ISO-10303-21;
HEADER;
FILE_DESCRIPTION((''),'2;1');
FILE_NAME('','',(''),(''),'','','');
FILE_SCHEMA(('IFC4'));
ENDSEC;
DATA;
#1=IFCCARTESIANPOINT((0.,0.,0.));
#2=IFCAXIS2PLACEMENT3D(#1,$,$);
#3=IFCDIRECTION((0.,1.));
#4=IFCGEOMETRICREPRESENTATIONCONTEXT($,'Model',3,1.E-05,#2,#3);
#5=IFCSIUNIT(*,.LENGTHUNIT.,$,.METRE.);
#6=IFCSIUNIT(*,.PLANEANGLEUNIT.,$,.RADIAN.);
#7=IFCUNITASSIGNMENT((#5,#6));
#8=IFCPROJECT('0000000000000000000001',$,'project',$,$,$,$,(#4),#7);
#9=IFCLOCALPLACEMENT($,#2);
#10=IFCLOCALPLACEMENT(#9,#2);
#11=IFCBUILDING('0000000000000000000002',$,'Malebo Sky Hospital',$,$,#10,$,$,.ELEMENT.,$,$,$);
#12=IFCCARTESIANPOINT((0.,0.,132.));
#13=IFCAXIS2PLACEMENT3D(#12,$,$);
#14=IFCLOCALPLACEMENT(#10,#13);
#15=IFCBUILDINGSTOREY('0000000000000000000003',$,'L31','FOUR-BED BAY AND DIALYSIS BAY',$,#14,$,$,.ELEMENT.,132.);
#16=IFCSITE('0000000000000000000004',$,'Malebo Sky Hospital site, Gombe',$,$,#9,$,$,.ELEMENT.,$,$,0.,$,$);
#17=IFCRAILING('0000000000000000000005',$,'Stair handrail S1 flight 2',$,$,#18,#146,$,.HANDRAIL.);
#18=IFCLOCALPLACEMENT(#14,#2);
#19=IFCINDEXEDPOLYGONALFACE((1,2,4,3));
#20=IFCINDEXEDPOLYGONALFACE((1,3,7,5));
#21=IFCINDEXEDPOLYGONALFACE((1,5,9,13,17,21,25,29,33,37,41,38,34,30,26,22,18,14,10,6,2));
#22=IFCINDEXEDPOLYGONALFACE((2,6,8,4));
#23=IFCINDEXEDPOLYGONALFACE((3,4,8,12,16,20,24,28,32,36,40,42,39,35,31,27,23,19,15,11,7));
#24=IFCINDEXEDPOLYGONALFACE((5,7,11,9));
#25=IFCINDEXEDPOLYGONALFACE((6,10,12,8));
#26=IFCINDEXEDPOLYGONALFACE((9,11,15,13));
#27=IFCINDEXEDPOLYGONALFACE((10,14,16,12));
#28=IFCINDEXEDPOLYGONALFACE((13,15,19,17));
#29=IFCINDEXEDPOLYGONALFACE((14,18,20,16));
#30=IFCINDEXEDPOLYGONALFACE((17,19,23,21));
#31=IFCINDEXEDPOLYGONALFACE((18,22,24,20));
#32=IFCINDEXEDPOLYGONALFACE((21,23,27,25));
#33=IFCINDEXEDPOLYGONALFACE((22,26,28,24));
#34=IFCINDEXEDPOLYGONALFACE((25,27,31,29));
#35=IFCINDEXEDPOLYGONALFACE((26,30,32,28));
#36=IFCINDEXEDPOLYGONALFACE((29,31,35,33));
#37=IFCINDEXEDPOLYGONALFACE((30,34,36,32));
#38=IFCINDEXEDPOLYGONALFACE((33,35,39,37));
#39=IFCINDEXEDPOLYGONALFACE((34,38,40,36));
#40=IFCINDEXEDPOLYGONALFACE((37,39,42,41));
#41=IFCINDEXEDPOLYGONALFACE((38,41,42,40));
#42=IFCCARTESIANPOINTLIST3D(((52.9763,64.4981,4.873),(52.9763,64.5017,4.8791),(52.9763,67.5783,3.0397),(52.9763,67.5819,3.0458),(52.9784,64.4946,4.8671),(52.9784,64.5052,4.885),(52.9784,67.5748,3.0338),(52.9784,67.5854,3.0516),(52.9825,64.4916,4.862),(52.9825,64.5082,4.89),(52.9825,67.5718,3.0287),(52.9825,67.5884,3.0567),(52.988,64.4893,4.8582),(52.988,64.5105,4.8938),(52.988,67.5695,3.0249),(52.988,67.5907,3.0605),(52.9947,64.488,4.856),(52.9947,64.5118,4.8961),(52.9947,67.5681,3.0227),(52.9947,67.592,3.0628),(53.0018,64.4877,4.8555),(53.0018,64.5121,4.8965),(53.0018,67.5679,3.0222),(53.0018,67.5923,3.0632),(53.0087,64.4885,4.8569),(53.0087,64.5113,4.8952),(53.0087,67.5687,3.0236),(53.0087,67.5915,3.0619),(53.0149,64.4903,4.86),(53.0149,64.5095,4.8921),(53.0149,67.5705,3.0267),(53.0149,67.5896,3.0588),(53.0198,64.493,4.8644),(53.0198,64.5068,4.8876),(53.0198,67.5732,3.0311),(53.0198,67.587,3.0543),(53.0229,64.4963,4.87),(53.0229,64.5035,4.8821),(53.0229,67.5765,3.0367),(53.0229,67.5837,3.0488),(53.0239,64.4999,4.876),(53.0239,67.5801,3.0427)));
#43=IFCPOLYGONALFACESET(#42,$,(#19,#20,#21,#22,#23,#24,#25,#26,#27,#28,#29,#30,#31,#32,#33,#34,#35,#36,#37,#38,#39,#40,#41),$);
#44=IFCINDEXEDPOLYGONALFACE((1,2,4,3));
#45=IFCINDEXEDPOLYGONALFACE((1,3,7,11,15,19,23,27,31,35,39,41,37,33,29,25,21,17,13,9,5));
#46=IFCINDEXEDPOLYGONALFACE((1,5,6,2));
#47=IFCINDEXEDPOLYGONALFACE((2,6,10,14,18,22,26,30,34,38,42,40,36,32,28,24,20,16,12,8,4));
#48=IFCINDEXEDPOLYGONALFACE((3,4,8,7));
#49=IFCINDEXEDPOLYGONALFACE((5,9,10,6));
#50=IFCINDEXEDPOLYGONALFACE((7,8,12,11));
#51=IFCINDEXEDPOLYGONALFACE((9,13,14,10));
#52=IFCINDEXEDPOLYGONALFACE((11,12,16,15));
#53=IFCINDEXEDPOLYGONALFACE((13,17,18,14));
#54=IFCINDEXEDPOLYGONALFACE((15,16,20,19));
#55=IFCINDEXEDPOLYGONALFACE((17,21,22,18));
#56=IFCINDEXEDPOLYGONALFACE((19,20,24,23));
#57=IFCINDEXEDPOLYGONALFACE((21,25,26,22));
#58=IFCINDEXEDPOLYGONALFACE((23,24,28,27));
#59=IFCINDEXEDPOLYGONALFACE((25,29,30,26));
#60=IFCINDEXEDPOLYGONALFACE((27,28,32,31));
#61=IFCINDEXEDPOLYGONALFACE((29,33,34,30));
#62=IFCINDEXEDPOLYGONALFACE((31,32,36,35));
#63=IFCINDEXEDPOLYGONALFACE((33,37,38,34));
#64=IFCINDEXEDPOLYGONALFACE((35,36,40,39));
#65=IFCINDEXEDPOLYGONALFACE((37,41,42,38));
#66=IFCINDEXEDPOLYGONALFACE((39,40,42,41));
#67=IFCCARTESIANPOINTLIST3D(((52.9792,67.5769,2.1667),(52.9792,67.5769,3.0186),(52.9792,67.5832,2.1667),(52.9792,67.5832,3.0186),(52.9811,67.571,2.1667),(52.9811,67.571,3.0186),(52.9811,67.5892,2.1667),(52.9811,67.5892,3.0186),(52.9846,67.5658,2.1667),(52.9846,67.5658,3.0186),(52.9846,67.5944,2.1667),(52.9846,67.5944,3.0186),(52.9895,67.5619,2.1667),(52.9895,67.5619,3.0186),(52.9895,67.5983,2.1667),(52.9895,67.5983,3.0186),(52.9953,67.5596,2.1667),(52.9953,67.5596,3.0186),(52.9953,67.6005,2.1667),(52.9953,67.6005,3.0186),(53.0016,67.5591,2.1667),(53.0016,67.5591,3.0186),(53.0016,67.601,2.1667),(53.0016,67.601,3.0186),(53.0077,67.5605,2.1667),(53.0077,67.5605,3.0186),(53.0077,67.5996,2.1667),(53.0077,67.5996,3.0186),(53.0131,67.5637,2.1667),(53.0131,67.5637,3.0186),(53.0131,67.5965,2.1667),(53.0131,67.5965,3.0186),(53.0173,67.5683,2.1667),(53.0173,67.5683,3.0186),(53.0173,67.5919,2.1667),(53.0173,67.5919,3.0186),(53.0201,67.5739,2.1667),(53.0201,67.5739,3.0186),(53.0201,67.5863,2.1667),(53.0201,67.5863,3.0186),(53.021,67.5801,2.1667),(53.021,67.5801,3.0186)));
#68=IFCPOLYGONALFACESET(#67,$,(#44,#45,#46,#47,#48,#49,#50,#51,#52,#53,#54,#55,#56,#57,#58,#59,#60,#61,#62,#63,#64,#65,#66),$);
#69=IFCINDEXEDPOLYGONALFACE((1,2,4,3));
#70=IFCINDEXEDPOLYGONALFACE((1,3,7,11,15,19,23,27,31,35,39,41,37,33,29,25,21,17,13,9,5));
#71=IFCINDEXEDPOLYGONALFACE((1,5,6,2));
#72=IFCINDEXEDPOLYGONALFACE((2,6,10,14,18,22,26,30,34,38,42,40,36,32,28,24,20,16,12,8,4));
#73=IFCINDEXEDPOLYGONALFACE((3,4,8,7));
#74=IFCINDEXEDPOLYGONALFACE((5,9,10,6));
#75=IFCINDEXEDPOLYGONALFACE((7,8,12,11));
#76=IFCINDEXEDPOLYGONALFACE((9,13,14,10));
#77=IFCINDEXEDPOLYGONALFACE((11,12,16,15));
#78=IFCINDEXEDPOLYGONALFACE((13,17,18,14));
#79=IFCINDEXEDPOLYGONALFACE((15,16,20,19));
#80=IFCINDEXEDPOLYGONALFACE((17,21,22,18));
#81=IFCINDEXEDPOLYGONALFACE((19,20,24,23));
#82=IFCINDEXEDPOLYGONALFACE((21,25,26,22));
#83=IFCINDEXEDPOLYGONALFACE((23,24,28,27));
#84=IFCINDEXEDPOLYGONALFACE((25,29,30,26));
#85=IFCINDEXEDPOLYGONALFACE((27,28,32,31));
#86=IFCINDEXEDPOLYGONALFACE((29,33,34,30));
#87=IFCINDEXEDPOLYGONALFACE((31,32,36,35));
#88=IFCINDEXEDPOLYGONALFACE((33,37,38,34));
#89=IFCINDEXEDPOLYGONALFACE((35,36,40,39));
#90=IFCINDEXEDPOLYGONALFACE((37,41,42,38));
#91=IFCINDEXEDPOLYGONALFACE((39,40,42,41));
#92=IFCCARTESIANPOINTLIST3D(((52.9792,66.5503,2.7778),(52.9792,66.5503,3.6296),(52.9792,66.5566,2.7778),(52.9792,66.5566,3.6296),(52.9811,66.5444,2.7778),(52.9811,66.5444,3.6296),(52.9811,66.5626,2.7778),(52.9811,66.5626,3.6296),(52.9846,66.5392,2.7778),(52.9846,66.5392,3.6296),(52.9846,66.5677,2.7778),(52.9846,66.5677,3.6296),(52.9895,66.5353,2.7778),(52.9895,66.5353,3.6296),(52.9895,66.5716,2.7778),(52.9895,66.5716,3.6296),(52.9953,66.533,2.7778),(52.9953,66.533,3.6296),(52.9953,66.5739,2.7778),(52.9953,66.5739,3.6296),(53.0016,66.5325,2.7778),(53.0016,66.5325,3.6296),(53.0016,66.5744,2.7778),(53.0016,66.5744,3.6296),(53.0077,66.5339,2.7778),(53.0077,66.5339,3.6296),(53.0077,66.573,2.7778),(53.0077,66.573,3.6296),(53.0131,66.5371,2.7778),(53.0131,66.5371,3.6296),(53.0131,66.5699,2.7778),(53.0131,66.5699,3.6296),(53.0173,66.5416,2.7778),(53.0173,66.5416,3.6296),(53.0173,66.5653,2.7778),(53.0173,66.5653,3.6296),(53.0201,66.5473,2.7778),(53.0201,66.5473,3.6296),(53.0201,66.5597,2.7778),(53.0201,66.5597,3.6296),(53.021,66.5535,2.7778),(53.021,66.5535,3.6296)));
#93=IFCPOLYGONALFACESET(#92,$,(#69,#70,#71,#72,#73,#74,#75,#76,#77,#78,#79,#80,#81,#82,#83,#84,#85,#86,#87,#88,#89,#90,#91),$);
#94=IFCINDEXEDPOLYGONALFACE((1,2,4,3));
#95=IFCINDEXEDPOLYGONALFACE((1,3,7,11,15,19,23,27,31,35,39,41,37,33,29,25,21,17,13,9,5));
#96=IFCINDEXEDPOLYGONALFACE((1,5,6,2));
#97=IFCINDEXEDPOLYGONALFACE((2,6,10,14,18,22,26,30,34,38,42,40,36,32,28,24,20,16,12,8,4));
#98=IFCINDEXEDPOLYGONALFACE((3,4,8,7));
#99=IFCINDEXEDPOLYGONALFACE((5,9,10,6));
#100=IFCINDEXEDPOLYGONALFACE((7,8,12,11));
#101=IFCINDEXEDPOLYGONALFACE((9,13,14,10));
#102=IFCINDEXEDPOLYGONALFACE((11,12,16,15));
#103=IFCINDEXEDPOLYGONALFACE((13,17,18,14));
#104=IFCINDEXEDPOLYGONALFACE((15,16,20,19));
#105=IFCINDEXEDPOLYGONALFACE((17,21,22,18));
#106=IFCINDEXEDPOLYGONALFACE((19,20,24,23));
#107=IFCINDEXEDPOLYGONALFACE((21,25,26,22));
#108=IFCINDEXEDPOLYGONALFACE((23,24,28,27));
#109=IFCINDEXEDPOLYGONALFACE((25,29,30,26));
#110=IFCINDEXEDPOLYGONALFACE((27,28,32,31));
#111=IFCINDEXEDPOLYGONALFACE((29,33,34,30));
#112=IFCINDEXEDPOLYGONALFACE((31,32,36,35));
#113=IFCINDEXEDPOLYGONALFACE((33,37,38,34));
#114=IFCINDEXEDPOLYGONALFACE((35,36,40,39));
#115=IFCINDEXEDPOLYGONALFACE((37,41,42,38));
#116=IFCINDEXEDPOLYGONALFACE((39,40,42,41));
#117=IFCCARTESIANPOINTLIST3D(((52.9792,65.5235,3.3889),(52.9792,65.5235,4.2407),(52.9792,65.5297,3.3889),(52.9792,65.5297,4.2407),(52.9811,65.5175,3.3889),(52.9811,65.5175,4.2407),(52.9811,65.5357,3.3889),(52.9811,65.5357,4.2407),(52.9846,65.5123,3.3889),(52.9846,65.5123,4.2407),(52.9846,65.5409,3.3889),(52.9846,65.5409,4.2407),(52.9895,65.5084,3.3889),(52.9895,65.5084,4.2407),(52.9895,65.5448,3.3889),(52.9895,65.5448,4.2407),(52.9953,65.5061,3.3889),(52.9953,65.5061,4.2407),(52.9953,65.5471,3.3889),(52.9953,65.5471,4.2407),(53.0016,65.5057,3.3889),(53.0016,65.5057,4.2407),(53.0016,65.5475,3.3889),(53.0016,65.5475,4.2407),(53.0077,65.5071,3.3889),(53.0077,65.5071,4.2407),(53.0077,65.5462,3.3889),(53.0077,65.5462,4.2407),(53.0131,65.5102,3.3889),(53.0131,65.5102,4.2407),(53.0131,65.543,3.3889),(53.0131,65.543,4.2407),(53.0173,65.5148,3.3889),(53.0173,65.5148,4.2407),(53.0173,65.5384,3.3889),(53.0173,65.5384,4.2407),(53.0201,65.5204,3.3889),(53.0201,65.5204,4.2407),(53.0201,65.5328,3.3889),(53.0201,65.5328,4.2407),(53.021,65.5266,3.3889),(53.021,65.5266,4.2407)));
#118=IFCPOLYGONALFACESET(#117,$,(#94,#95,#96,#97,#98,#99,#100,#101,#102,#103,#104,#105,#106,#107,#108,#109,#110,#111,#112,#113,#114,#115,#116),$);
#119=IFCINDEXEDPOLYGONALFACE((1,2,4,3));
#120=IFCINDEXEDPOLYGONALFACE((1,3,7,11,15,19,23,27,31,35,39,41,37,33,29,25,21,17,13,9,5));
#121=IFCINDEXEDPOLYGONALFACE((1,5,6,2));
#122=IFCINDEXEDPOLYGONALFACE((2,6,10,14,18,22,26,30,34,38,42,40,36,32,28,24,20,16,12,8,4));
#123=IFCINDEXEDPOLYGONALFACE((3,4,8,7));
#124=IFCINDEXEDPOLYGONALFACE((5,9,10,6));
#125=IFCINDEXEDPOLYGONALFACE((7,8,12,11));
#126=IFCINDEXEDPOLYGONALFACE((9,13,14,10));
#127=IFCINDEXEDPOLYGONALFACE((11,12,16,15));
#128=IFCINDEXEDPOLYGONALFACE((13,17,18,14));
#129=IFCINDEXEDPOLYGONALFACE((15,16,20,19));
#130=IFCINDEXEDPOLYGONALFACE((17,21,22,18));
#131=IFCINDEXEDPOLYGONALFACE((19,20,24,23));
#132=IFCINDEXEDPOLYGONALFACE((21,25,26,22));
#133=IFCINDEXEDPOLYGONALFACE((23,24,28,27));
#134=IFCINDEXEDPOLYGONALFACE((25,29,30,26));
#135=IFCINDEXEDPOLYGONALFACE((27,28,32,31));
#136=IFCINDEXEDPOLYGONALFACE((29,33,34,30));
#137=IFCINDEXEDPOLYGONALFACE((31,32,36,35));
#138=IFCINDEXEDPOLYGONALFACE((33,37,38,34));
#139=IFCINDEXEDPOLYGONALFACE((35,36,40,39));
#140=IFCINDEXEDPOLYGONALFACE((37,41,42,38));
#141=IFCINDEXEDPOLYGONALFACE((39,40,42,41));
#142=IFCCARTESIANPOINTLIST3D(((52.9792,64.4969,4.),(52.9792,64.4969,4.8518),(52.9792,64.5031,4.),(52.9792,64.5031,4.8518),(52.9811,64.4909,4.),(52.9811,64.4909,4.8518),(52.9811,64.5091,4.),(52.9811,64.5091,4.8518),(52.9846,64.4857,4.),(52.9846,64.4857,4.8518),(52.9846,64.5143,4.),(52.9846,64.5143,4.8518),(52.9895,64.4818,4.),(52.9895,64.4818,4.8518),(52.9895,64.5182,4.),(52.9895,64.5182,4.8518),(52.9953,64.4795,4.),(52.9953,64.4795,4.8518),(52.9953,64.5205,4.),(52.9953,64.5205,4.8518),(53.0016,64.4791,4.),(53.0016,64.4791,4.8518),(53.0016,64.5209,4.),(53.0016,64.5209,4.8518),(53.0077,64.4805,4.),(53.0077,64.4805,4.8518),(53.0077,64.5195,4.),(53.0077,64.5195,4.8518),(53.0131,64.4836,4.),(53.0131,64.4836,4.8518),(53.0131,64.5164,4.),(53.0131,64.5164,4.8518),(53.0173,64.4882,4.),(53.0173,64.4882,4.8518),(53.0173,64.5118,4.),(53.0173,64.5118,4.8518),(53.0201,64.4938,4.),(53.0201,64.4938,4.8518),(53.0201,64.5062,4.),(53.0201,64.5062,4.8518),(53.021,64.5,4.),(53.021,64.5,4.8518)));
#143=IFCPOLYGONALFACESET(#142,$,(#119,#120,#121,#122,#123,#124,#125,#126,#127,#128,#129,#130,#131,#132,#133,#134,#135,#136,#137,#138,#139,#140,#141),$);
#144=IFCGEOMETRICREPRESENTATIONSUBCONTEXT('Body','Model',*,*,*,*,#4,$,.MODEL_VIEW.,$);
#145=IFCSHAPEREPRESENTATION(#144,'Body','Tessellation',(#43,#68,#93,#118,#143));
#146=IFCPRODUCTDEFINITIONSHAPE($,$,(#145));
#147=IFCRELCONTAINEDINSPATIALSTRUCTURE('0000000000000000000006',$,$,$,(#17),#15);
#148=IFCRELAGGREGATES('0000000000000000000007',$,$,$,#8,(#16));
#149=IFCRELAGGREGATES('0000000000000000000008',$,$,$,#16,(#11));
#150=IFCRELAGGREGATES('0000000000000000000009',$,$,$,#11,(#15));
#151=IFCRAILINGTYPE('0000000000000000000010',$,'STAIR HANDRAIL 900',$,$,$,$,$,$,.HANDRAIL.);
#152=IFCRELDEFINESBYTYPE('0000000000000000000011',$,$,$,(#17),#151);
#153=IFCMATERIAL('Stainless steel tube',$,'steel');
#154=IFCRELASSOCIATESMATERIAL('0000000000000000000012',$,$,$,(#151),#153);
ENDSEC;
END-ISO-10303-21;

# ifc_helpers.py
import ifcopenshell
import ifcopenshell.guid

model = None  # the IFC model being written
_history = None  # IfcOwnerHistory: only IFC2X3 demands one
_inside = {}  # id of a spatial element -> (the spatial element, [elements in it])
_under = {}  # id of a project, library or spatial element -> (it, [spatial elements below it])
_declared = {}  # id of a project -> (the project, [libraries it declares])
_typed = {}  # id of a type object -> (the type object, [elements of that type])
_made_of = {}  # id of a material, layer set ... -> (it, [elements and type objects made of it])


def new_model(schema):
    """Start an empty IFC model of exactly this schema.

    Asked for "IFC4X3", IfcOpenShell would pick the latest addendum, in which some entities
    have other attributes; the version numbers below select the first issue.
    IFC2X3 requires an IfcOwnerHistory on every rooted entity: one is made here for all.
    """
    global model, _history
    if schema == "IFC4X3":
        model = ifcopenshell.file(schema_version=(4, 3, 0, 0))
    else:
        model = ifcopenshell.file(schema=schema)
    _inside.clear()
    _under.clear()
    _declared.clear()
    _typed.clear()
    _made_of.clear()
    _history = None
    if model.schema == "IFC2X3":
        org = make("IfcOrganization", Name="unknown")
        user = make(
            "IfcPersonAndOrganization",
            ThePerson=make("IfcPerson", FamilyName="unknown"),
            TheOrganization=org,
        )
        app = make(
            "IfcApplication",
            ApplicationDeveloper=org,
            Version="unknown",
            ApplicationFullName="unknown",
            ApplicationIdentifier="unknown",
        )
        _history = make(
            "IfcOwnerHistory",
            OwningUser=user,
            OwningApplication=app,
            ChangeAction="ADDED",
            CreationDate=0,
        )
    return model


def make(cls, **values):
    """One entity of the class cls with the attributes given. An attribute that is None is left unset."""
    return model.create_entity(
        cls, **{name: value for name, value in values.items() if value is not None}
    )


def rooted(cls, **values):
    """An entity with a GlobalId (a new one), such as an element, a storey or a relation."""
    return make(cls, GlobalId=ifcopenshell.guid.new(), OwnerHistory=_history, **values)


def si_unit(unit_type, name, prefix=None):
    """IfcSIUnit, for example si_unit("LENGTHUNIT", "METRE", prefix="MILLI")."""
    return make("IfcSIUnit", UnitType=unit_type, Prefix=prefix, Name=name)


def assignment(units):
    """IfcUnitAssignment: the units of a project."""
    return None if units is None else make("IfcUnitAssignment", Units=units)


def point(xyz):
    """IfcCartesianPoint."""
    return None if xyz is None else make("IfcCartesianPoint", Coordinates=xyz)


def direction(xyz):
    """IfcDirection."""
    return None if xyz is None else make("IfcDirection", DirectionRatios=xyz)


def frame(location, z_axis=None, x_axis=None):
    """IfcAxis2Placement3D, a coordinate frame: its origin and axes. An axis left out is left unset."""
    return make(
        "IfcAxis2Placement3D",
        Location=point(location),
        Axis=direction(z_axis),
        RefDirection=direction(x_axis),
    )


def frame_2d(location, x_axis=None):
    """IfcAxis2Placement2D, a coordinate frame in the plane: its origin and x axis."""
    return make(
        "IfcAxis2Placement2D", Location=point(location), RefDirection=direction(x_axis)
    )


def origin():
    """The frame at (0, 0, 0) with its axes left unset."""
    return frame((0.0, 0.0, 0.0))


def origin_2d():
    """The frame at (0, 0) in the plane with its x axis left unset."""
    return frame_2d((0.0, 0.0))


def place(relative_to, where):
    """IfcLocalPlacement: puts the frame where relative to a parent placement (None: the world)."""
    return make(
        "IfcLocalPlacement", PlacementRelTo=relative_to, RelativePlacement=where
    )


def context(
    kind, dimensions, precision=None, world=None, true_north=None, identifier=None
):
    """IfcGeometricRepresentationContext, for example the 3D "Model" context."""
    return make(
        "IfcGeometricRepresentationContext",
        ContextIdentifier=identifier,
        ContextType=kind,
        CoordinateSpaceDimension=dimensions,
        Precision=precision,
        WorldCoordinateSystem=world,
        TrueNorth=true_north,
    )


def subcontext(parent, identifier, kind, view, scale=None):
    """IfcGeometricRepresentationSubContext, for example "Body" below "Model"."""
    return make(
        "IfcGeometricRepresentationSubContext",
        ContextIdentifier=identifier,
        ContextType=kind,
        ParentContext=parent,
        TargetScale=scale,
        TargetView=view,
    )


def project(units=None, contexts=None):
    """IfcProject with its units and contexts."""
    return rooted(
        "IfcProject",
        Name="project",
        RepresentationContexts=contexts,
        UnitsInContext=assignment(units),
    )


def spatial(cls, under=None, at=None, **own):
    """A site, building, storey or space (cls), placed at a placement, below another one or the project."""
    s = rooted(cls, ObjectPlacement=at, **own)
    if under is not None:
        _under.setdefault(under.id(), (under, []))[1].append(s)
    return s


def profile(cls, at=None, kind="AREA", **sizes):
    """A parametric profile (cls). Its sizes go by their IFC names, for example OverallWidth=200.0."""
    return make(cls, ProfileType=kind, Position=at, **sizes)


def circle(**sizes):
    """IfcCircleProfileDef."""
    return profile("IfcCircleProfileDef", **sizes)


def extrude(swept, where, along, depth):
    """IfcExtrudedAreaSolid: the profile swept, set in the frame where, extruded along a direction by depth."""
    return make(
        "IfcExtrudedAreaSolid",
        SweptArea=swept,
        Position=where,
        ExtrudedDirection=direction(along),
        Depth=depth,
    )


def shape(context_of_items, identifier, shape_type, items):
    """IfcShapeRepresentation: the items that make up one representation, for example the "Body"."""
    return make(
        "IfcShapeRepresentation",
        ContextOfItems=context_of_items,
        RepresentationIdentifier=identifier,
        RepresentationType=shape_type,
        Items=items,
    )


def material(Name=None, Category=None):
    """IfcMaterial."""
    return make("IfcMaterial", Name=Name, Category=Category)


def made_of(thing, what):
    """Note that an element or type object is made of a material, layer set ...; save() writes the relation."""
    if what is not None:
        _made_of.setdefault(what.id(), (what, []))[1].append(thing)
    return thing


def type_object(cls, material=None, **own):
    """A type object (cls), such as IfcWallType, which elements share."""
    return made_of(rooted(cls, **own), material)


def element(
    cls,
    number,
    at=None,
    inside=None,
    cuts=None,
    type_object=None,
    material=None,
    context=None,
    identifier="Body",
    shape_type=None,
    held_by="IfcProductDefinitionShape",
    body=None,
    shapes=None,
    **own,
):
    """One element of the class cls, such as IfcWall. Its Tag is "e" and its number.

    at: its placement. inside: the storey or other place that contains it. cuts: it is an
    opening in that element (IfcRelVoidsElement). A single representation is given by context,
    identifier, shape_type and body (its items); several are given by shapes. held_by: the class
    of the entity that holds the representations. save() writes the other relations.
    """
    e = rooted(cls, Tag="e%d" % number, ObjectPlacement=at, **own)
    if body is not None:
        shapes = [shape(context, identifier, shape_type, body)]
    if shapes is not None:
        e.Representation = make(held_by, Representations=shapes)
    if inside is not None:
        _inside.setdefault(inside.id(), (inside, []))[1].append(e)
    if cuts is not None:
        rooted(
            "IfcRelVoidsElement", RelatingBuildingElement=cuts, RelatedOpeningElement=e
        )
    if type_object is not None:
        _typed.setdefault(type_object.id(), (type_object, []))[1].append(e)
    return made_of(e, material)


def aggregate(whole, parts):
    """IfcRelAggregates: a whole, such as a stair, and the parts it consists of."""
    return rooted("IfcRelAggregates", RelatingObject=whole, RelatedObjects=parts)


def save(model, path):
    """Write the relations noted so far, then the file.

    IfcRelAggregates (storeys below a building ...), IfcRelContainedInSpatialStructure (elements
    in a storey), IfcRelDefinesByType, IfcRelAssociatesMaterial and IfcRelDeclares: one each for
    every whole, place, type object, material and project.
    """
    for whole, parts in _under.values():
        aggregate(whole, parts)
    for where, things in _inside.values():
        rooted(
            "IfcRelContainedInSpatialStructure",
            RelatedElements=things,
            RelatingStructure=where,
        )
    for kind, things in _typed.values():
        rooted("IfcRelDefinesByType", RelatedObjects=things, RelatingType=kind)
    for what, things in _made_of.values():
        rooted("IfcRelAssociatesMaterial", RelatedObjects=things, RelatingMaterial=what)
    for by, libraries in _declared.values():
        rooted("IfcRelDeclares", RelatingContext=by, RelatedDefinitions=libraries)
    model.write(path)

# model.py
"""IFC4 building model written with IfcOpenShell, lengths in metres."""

from ifc_helpers import new_model, si_unit, direction, frame, origin, origin_2d, place, context, subcontext, project, spatial, circle, extrude, material, type_object, element, save


model = new_model("IFC4")

# Units and contexts
model_context = context("Model", 3, precision=1e-05, world=origin(), true_north=direction((0.0, 1.0)))
body_context = subcontext(model_context, "Body", "Model", "MODEL_VIEW")
ifc_project = project(units=[si_unit("LENGTHUNIT", "METRE"), si_unit("PLANEANGLEUNIT", "RADIAN")], contexts=[model_context])

# Site, building, storey
site_placement = place(None, origin())
site = spatial("IfcSite", under=ifc_project, at=site_placement, Name="Malebo Sky Hospital site, Gombe", CompositionType="ELEMENT", RefElevation=0.0)
building_placement = place(site_placement, origin())
building = spatial("IfcBuilding", under=site, at=building_placement, Name="Malebo Sky Hospital", CompositionType="ELEMENT")
storey_placement = place(building_placement, frame((0.0, 0.0, 132.0)))
storey = spatial("IfcBuildingStorey", under=building, at=storey_placement, Name="L31", Description="FOUR-BED BAY AND DIALYSIS BAY", CompositionType="ELEMENT", Elevation=132.0)

# Railing
ifc_material_1 = material(Name="Stainless steel tube", Category="steel")
railing_type = type_object("IfcRailingType", Name="STAIR HANDRAIL 900", PredefinedType="HANDRAIL", material=ifc_material_1)
railing_1_placement = place(storey_placement, frame((53.0, 67.5801, 2.1667)))
element("IfcRailing", 1, at=railing_1_placement, inside=storey, type_object=railing_type, Name="Stair handrail S1 flight 2", PredefinedType="HANDRAIL", context=body_context, shape_type="SweptSolid", body=[
    extrude(circle(Radius=0.0239, at=origin_2d()), frame((0.0, 0.0, 0.876), z_axis=(0.0, -0.859309, 0.511458), x_axis=(1.0, 0.0, 0.0)), (0.0, 0.0, 1.0), 3.5845),
    extrude(circle(Radius=0.021, at=origin_2d()), origin(), (0.0, 0.0, 1.0), 0.8518),
    extrude(circle(Radius=0.021, at=origin_2d()), frame((0.0, -1.0266, 0.6111)), (0.0, 0.0, 1.0), 0.8518),
    extrude(circle(Radius=0.021, at=origin_2d()), frame((0.0, -2.0535, 1.2222)), (0.0, 0.0, 1.0), 0.8518),
    extrude(circle(Radius=0.021, at=origin_2d()), frame((0.0, -3.0801, 1.8333)), (0.0, 0.0, 1.0), 0.8518),
])

save(model, "model.ifc")
